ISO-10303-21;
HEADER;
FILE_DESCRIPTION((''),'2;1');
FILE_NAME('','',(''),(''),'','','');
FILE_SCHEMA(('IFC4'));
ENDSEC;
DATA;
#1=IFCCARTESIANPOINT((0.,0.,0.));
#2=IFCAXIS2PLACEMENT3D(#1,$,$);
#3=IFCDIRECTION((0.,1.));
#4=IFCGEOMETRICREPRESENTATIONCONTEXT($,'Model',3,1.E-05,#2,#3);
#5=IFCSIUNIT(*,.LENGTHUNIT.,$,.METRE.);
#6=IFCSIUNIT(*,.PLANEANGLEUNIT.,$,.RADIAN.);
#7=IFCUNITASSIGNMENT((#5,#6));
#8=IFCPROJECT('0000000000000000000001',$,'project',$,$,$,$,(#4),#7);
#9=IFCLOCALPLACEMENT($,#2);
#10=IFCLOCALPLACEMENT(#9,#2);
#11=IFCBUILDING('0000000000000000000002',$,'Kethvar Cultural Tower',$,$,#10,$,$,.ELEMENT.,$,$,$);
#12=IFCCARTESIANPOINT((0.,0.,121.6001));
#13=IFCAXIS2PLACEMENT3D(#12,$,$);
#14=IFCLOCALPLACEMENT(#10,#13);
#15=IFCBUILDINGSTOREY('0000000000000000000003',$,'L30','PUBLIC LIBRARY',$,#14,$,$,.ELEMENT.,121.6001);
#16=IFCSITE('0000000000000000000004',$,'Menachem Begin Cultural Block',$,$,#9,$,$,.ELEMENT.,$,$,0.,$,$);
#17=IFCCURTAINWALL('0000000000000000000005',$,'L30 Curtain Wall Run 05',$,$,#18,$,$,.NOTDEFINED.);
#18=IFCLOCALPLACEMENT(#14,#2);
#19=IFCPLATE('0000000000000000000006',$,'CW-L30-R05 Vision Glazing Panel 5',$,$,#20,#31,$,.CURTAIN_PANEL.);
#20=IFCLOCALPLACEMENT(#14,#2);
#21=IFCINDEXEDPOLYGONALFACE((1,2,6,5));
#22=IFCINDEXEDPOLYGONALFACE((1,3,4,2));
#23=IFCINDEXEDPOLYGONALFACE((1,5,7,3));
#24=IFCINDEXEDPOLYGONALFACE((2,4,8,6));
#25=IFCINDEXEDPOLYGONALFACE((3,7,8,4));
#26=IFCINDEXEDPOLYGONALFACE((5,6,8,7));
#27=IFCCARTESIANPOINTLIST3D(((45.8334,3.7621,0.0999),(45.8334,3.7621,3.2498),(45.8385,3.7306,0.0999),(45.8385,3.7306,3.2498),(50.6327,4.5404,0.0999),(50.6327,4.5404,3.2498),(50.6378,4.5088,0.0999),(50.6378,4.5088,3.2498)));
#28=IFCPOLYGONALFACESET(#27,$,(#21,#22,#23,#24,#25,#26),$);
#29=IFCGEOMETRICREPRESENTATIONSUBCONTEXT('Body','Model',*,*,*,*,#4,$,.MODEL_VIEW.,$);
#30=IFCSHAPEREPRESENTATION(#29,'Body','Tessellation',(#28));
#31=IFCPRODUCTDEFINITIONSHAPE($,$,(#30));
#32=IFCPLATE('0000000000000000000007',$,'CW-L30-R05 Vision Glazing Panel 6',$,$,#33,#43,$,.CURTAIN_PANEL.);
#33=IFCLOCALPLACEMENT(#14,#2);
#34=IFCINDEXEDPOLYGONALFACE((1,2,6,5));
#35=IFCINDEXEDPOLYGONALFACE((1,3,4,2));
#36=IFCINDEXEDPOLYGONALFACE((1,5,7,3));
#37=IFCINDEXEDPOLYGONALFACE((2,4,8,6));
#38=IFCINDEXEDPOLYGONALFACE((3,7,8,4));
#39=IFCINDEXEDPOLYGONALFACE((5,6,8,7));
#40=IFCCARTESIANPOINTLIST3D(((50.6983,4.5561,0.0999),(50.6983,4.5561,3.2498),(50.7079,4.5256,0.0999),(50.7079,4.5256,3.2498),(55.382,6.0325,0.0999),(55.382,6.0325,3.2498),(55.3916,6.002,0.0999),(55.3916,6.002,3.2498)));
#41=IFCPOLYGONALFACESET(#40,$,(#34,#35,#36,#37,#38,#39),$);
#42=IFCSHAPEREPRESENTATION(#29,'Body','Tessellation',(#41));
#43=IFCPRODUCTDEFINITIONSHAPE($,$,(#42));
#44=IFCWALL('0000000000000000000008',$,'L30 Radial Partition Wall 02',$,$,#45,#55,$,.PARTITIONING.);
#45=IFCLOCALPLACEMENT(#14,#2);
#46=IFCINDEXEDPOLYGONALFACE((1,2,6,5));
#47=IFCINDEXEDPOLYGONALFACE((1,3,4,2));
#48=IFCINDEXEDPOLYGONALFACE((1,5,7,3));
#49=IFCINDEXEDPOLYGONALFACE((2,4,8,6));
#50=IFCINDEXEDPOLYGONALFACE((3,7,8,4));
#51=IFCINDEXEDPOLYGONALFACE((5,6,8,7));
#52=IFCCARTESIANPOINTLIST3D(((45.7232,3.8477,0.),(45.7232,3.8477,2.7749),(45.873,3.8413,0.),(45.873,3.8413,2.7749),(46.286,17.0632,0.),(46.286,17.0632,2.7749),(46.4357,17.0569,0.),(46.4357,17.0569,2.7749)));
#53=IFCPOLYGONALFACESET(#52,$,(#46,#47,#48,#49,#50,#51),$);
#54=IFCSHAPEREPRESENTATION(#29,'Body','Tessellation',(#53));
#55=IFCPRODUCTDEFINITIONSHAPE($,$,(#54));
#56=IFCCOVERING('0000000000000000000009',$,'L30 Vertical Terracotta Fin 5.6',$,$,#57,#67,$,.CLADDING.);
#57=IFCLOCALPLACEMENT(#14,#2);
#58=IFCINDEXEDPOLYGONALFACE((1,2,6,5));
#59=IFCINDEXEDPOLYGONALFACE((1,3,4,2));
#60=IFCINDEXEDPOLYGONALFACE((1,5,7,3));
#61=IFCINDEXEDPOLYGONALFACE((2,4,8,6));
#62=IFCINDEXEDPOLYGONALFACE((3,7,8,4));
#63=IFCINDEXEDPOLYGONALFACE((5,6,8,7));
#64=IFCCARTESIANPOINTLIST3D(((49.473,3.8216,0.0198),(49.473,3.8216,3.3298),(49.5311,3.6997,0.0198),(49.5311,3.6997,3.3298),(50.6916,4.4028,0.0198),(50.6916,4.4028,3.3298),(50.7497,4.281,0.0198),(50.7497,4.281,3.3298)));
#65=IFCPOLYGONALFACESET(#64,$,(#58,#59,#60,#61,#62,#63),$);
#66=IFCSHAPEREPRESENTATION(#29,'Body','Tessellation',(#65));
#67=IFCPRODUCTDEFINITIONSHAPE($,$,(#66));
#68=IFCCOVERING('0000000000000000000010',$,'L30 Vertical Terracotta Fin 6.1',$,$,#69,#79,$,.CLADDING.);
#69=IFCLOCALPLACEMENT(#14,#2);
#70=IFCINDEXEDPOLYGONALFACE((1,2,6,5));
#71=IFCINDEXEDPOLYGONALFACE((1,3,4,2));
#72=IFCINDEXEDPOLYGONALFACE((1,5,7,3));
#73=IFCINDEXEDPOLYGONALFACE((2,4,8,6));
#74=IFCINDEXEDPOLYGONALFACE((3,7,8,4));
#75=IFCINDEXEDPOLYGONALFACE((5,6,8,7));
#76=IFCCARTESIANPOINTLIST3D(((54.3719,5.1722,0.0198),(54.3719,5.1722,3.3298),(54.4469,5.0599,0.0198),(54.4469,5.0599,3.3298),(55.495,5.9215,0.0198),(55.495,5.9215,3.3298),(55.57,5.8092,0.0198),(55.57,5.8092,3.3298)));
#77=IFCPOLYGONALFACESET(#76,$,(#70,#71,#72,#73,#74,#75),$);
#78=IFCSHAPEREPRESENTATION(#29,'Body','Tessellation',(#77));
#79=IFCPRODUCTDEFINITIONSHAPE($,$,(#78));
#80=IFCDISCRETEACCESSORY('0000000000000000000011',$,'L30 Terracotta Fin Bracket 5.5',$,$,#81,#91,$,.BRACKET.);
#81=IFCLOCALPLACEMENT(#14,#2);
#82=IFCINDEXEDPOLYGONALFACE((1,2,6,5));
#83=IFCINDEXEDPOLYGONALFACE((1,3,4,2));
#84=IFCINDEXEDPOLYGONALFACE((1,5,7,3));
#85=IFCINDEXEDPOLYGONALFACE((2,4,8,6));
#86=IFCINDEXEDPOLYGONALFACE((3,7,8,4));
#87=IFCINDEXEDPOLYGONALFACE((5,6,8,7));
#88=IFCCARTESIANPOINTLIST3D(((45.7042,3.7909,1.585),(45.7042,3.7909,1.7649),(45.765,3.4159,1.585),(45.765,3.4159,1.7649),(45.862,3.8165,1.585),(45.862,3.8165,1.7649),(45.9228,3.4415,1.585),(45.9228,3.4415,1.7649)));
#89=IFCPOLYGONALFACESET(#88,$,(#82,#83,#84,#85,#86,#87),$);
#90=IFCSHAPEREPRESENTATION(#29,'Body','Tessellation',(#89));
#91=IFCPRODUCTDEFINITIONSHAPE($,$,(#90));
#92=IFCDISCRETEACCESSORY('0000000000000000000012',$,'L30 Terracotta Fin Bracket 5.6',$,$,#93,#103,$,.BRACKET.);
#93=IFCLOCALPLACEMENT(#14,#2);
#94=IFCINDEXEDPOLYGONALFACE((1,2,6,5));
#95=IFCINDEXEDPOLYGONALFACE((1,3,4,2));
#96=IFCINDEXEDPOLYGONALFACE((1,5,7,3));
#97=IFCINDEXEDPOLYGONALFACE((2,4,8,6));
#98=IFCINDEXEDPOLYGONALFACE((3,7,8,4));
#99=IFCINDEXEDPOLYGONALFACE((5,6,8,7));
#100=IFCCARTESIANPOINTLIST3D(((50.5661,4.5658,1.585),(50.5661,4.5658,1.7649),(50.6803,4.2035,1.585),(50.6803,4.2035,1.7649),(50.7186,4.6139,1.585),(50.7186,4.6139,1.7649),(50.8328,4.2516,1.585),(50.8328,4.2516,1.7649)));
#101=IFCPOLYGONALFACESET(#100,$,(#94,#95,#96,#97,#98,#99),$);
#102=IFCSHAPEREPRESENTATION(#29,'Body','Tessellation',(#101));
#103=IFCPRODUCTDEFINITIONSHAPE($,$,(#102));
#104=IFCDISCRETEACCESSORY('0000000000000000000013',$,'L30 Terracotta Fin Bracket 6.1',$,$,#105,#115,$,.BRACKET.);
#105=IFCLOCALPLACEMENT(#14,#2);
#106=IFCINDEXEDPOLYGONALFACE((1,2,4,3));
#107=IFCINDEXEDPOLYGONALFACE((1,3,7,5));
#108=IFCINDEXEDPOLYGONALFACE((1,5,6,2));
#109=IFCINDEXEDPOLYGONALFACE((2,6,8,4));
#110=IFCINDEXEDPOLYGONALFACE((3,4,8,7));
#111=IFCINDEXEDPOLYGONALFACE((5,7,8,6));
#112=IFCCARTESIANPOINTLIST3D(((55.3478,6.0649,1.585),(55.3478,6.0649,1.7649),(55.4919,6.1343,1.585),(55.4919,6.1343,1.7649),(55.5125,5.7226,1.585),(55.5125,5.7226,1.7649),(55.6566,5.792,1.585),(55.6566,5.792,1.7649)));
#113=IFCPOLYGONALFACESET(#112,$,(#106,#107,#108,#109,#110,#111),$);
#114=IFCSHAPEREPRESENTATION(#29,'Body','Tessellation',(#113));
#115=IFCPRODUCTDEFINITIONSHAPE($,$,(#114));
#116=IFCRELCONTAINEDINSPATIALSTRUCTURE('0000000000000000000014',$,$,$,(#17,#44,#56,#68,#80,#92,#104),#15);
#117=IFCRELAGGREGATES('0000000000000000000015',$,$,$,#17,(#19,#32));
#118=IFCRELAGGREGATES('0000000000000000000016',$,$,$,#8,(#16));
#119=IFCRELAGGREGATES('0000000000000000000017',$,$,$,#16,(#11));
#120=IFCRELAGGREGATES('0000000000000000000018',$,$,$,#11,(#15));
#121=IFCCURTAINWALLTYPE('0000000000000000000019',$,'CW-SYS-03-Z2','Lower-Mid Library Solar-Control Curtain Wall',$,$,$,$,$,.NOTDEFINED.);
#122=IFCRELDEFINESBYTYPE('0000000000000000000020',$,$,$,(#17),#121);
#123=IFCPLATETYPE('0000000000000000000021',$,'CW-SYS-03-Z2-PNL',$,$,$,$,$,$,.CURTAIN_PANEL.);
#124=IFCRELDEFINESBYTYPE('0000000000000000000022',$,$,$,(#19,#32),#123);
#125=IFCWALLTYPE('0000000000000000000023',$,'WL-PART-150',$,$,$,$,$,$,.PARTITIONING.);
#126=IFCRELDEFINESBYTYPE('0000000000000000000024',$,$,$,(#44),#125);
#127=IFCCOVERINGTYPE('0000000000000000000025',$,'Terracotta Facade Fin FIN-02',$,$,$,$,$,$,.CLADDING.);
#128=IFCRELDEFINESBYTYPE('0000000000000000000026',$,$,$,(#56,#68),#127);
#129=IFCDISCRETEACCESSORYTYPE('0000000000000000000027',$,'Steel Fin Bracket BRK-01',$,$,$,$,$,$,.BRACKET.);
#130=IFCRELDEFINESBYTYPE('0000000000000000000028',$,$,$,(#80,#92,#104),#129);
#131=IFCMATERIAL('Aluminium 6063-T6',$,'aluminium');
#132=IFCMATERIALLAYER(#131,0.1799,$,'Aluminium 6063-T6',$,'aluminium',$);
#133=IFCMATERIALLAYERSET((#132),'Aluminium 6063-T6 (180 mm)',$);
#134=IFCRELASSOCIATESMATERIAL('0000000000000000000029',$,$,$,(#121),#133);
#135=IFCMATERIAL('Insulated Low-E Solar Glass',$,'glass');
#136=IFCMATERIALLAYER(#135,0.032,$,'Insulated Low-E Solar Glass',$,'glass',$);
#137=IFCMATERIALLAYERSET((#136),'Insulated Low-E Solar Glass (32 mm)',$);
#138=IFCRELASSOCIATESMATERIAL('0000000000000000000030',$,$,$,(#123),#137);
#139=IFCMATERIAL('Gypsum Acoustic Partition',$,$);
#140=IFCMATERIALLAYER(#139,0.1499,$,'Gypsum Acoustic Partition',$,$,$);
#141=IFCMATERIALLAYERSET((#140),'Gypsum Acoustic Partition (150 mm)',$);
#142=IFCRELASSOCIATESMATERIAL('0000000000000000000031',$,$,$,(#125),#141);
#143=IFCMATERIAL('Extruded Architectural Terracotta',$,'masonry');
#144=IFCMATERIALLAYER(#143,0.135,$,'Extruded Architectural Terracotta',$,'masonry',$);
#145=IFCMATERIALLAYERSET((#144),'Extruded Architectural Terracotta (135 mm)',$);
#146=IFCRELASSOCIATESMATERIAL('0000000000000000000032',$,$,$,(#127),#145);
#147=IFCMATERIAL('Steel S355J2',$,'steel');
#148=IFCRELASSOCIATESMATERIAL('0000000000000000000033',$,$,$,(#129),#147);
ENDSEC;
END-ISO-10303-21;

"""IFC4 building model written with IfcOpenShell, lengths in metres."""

from ifc_helpers import new_model, si_unit, direction, frame, frame_2d, origin, origin_2d, place, context, subcontext, project, spatial, rectangle, extrude, source, transform, mapped, material, layer, layer_set, type_object, element, aggregate, save


model = new_model("IFC4")

# Units and contexts
model_context = context("Model", 3, precision=1e-05, world=origin(), true_north=direction((0.0, 1.0)))
body_context = subcontext(model_context, "Body", "Model", "MODEL_VIEW")
ifc_project = project(units=[si_unit("LENGTHUNIT", "METRE"), si_unit("PLANEANGLEUNIT", "RADIAN")], contexts=[model_context])

# Site, building, storey
site_placement = place(None, origin())
site = spatial("IfcSite", under=ifc_project, at=site_placement, Name="Menachem Begin Cultural Block", CompositionType="ELEMENT", RefElevation=0.0)
building_placement = place(site_placement, origin())
building = spatial("IfcBuilding", under=site, at=building_placement, Name="Kethvar Cultural Tower", CompositionType="ELEMENT")
storey_placement = place(building_placement, frame((0.0, 0.0, 121.6001)))
storey = spatial("IfcBuildingStorey", under=building, at=storey_placement, Name="L30", Description="PUBLIC LIBRARY", CompositionType="ELEMENT", Elevation=121.6001)

# Shared definitions
ifc_material_1 = material(Name="Steel S355J2", Category="steel")

# Curtain wall
ifc_material_2 = material(Name="Aluminium 6063-T6", Category="aluminium")
ifc_layer_1 = layer(ifc_material_2, 0.1799, Name="Aluminium 6063-T6", Category="aluminium")
ifc_layer_set_1 = layer_set([ifc_layer_1], Name="Aluminium 6063-T6 (180 mm)")
curtain_wall_type = type_object("IfcCurtainWallType", Name="CW-SYS-03-Z2", Description="Lower-Mid Library Solar-Control Curtain Wall", PredefinedType="NOTDEFINED", material=ifc_layer_set_1)
curtain_wall_1_placement = place(storey_placement, origin())
curtain_wall_1 = element("IfcCurtainWall", 1, at=curtain_wall_1_placement, inside=storey, type_object=curtain_wall_type, Name="L30 Curtain Wall Run 05", PredefinedType="NOTDEFINED")

# Plates
ifc_material_3 = material(Name="Insulated Low-E Solar Glass", Category="glass")
ifc_layer_2 = layer(ifc_material_3, 0.032, Name="Insulated Low-E Solar Glass", Category="glass")
ifc_layer_set_2 = layer_set([ifc_layer_2], Name="Insulated Low-E Solar Glass (32 mm)")
plate_type = type_object("IfcPlateType", Name="CW-SYS-03-Z2-PNL", PredefinedType="CURTAIN_PANEL", material=ifc_layer_set_2)
shared_shape_1 = source(origin(), body_context, "Body", "SweptSolid", [
    extrude(rectangle(XDim=4.8621, YDim=0.032, at=origin_2d()), origin(), (0.0, 0.0, 1.0), 3.1499),
])
plate_1_placement = place(storey_placement, frame((48.2356, 4.1355, 0.0999), z_axis=(0.0, 0.0, 1.0), x_axis=(0.987106, 0.160071, 0.0)))
plate_1 = element("IfcPlate", 2, at=plate_1_placement, type_object=plate_type, Name="CW-L30-R05 Vision Glazing Panel 5", PredefinedType="CURTAIN_PANEL", context=body_context, shape_type="MappedRepresentation", body=[
    mapped(shared_shape_1, transform((0.0, 0.0, 0.0), scale=1.0)),
])
shared_shape_2 = source(origin(), body_context, "Body", "SweptSolid", [
    extrude(rectangle(XDim=4.9109, YDim=0.032, at=origin_2d()), origin(), (0.0, 0.0, 1.0), 3.1499),
])
plate_2_placement = place(storey_placement, frame((53.0449, 5.2791, 0.0999), z_axis=(0.0, 0.0, 1.0), x_axis=(0.953733, 0.300656, 0.0)))
plate_2 = element("IfcPlate", 3, at=plate_2_placement, type_object=plate_type, Name="CW-L30-R05 Vision Glazing Panel 6", PredefinedType="CURTAIN_PANEL", context=body_context, shape_type="MappedRepresentation", body=[
    mapped(shared_shape_2, transform((0.0, 0.0, 0.0), scale=1.0)),
])
aggregate(curtain_wall_1, [plate_1, plate_2])

# Wall
ifc_material_4 = material(Name="Gypsum Acoustic Partition")
ifc_layer_3 = layer(ifc_material_4, 0.1499, Name="Gypsum Acoustic Partition")
ifc_layer_set_3 = layer_set([ifc_layer_3], Name="Gypsum Acoustic Partition (150 mm)")
wall_type = type_object("IfcWallType", Name="WL-PART-150", PredefinedType="PARTITIONING", material=ifc_layer_set_3)
wall_placement = place(storey_placement, frame((46.3608, 17.0601, 0.0), z_axis=(0.0, 0.0, 1.0), x_axis=(-0.042543, -0.999095, 0.0)))
element("IfcWall", 4, at=wall_placement, inside=storey, type_object=wall_type, Name="L30 Radial Partition Wall 02", PredefinedType="PARTITIONING", context=body_context, shape_type="SweptSolid", body=[
    extrude(rectangle(XDim=13.2275, YDim=0.1499, at=frame_2d((6.6138, 0.0))), origin(), (0.0, 0.0, 1.0), 2.7749),
])

# Coverings
ifc_material_5 = material(Name="Extruded Architectural Terracotta", Category="masonry")
ifc_layer_4 = layer(ifc_material_5, 0.135, Name="Extruded Architectural Terracotta", Category="masonry")
ifc_layer_set_4 = layer_set([ifc_layer_4], Name="Extruded Architectural Terracotta (135 mm)")
covering_type = type_object("IfcCoveringType", Name="Terracotta Facade Fin FIN-02", PredefinedType="CLADDING", material=ifc_layer_set_4)
shared_shape_3 = source(origin(), body_context, "Body", "SweptSolid", [
    extrude(rectangle(XDim=1.3501, YDim=0.135, at=origin_2d()), origin(), (0.0, 0.0, 1.0), 3.3101),
])
for number, where, z_axis, x_axis, name in (
    (5, (50.1113, 4.0513, 0.0198), (0.0, 0.0, 1.0), (-0.902585, -0.430511, 0.0), "L30 Vertical Terracotta Fin 5.6"),
    (6, (54.9709, 5.4907, 0.0198), (0.0, 0.0, 1.0), (-0.831857, -0.55499, 0.0), "L30 Vertical Terracotta Fin 6.1"),
):
    element("IfcCovering", number, at=place(storey_placement, frame(where, z_axis=z_axis, x_axis=x_axis)), inside=storey, type_object=covering_type, Name=name, PredefinedType="CLADDING", context=body_context, shape_type="MappedRepresentation", body=[
        mapped(shared_shape_3, transform((0.0, 0.0, 0.0), scale=1.0)),
    ])

# Discrete accessories
discrete_accessory_type = type_object("IfcDiscreteAccessoryType", Name="Steel Fin Bracket BRK-01", PredefinedType="BRACKET", material=ifc_material_1)
shared_shape_4 = source(origin(), body_context, "Body", "SweptSolid", [
    extrude(rectangle(XDim=0.3799, YDim=0.1599, at=origin_2d()), origin(), (0.0, 0.0, 1.0), 0.1799),
])
for number, where, z_axis, x_axis, name in (
    (7, (45.8135, 3.6162, 1.585), (0.0, 0.0, 1.0), (0.160053, -0.987108, 0.0), "L30 Terracotta Fin Bracket 5.5"),
    (8, (50.6995, 4.4087, 1.585), (0.0, 0.0, 1.0), (0.300706, -0.953717, 0.0), "L30 Terracotta Fin Bracket 5.6"),
    (9, (55.5022, 5.9285, 1.585), (0.0, 0.0, 1.0), (0.433659, -0.901077, 0.0), "L30 Terracotta Fin Bracket 6.1"),
):
    element("IfcDiscreteAccessory", number, at=place(storey_placement, frame(where, z_axis=z_axis, x_axis=x_axis)), inside=storey, type_object=discrete_accessory_type, Name=name, PredefinedType="BRACKET", context=body_context, shape_type="MappedRepresentation", body=[
        mapped(shared_shape_4, transform((0.0, 0.0, 0.0), scale=1.0)),
    ])

save(model, "model.ifc")
